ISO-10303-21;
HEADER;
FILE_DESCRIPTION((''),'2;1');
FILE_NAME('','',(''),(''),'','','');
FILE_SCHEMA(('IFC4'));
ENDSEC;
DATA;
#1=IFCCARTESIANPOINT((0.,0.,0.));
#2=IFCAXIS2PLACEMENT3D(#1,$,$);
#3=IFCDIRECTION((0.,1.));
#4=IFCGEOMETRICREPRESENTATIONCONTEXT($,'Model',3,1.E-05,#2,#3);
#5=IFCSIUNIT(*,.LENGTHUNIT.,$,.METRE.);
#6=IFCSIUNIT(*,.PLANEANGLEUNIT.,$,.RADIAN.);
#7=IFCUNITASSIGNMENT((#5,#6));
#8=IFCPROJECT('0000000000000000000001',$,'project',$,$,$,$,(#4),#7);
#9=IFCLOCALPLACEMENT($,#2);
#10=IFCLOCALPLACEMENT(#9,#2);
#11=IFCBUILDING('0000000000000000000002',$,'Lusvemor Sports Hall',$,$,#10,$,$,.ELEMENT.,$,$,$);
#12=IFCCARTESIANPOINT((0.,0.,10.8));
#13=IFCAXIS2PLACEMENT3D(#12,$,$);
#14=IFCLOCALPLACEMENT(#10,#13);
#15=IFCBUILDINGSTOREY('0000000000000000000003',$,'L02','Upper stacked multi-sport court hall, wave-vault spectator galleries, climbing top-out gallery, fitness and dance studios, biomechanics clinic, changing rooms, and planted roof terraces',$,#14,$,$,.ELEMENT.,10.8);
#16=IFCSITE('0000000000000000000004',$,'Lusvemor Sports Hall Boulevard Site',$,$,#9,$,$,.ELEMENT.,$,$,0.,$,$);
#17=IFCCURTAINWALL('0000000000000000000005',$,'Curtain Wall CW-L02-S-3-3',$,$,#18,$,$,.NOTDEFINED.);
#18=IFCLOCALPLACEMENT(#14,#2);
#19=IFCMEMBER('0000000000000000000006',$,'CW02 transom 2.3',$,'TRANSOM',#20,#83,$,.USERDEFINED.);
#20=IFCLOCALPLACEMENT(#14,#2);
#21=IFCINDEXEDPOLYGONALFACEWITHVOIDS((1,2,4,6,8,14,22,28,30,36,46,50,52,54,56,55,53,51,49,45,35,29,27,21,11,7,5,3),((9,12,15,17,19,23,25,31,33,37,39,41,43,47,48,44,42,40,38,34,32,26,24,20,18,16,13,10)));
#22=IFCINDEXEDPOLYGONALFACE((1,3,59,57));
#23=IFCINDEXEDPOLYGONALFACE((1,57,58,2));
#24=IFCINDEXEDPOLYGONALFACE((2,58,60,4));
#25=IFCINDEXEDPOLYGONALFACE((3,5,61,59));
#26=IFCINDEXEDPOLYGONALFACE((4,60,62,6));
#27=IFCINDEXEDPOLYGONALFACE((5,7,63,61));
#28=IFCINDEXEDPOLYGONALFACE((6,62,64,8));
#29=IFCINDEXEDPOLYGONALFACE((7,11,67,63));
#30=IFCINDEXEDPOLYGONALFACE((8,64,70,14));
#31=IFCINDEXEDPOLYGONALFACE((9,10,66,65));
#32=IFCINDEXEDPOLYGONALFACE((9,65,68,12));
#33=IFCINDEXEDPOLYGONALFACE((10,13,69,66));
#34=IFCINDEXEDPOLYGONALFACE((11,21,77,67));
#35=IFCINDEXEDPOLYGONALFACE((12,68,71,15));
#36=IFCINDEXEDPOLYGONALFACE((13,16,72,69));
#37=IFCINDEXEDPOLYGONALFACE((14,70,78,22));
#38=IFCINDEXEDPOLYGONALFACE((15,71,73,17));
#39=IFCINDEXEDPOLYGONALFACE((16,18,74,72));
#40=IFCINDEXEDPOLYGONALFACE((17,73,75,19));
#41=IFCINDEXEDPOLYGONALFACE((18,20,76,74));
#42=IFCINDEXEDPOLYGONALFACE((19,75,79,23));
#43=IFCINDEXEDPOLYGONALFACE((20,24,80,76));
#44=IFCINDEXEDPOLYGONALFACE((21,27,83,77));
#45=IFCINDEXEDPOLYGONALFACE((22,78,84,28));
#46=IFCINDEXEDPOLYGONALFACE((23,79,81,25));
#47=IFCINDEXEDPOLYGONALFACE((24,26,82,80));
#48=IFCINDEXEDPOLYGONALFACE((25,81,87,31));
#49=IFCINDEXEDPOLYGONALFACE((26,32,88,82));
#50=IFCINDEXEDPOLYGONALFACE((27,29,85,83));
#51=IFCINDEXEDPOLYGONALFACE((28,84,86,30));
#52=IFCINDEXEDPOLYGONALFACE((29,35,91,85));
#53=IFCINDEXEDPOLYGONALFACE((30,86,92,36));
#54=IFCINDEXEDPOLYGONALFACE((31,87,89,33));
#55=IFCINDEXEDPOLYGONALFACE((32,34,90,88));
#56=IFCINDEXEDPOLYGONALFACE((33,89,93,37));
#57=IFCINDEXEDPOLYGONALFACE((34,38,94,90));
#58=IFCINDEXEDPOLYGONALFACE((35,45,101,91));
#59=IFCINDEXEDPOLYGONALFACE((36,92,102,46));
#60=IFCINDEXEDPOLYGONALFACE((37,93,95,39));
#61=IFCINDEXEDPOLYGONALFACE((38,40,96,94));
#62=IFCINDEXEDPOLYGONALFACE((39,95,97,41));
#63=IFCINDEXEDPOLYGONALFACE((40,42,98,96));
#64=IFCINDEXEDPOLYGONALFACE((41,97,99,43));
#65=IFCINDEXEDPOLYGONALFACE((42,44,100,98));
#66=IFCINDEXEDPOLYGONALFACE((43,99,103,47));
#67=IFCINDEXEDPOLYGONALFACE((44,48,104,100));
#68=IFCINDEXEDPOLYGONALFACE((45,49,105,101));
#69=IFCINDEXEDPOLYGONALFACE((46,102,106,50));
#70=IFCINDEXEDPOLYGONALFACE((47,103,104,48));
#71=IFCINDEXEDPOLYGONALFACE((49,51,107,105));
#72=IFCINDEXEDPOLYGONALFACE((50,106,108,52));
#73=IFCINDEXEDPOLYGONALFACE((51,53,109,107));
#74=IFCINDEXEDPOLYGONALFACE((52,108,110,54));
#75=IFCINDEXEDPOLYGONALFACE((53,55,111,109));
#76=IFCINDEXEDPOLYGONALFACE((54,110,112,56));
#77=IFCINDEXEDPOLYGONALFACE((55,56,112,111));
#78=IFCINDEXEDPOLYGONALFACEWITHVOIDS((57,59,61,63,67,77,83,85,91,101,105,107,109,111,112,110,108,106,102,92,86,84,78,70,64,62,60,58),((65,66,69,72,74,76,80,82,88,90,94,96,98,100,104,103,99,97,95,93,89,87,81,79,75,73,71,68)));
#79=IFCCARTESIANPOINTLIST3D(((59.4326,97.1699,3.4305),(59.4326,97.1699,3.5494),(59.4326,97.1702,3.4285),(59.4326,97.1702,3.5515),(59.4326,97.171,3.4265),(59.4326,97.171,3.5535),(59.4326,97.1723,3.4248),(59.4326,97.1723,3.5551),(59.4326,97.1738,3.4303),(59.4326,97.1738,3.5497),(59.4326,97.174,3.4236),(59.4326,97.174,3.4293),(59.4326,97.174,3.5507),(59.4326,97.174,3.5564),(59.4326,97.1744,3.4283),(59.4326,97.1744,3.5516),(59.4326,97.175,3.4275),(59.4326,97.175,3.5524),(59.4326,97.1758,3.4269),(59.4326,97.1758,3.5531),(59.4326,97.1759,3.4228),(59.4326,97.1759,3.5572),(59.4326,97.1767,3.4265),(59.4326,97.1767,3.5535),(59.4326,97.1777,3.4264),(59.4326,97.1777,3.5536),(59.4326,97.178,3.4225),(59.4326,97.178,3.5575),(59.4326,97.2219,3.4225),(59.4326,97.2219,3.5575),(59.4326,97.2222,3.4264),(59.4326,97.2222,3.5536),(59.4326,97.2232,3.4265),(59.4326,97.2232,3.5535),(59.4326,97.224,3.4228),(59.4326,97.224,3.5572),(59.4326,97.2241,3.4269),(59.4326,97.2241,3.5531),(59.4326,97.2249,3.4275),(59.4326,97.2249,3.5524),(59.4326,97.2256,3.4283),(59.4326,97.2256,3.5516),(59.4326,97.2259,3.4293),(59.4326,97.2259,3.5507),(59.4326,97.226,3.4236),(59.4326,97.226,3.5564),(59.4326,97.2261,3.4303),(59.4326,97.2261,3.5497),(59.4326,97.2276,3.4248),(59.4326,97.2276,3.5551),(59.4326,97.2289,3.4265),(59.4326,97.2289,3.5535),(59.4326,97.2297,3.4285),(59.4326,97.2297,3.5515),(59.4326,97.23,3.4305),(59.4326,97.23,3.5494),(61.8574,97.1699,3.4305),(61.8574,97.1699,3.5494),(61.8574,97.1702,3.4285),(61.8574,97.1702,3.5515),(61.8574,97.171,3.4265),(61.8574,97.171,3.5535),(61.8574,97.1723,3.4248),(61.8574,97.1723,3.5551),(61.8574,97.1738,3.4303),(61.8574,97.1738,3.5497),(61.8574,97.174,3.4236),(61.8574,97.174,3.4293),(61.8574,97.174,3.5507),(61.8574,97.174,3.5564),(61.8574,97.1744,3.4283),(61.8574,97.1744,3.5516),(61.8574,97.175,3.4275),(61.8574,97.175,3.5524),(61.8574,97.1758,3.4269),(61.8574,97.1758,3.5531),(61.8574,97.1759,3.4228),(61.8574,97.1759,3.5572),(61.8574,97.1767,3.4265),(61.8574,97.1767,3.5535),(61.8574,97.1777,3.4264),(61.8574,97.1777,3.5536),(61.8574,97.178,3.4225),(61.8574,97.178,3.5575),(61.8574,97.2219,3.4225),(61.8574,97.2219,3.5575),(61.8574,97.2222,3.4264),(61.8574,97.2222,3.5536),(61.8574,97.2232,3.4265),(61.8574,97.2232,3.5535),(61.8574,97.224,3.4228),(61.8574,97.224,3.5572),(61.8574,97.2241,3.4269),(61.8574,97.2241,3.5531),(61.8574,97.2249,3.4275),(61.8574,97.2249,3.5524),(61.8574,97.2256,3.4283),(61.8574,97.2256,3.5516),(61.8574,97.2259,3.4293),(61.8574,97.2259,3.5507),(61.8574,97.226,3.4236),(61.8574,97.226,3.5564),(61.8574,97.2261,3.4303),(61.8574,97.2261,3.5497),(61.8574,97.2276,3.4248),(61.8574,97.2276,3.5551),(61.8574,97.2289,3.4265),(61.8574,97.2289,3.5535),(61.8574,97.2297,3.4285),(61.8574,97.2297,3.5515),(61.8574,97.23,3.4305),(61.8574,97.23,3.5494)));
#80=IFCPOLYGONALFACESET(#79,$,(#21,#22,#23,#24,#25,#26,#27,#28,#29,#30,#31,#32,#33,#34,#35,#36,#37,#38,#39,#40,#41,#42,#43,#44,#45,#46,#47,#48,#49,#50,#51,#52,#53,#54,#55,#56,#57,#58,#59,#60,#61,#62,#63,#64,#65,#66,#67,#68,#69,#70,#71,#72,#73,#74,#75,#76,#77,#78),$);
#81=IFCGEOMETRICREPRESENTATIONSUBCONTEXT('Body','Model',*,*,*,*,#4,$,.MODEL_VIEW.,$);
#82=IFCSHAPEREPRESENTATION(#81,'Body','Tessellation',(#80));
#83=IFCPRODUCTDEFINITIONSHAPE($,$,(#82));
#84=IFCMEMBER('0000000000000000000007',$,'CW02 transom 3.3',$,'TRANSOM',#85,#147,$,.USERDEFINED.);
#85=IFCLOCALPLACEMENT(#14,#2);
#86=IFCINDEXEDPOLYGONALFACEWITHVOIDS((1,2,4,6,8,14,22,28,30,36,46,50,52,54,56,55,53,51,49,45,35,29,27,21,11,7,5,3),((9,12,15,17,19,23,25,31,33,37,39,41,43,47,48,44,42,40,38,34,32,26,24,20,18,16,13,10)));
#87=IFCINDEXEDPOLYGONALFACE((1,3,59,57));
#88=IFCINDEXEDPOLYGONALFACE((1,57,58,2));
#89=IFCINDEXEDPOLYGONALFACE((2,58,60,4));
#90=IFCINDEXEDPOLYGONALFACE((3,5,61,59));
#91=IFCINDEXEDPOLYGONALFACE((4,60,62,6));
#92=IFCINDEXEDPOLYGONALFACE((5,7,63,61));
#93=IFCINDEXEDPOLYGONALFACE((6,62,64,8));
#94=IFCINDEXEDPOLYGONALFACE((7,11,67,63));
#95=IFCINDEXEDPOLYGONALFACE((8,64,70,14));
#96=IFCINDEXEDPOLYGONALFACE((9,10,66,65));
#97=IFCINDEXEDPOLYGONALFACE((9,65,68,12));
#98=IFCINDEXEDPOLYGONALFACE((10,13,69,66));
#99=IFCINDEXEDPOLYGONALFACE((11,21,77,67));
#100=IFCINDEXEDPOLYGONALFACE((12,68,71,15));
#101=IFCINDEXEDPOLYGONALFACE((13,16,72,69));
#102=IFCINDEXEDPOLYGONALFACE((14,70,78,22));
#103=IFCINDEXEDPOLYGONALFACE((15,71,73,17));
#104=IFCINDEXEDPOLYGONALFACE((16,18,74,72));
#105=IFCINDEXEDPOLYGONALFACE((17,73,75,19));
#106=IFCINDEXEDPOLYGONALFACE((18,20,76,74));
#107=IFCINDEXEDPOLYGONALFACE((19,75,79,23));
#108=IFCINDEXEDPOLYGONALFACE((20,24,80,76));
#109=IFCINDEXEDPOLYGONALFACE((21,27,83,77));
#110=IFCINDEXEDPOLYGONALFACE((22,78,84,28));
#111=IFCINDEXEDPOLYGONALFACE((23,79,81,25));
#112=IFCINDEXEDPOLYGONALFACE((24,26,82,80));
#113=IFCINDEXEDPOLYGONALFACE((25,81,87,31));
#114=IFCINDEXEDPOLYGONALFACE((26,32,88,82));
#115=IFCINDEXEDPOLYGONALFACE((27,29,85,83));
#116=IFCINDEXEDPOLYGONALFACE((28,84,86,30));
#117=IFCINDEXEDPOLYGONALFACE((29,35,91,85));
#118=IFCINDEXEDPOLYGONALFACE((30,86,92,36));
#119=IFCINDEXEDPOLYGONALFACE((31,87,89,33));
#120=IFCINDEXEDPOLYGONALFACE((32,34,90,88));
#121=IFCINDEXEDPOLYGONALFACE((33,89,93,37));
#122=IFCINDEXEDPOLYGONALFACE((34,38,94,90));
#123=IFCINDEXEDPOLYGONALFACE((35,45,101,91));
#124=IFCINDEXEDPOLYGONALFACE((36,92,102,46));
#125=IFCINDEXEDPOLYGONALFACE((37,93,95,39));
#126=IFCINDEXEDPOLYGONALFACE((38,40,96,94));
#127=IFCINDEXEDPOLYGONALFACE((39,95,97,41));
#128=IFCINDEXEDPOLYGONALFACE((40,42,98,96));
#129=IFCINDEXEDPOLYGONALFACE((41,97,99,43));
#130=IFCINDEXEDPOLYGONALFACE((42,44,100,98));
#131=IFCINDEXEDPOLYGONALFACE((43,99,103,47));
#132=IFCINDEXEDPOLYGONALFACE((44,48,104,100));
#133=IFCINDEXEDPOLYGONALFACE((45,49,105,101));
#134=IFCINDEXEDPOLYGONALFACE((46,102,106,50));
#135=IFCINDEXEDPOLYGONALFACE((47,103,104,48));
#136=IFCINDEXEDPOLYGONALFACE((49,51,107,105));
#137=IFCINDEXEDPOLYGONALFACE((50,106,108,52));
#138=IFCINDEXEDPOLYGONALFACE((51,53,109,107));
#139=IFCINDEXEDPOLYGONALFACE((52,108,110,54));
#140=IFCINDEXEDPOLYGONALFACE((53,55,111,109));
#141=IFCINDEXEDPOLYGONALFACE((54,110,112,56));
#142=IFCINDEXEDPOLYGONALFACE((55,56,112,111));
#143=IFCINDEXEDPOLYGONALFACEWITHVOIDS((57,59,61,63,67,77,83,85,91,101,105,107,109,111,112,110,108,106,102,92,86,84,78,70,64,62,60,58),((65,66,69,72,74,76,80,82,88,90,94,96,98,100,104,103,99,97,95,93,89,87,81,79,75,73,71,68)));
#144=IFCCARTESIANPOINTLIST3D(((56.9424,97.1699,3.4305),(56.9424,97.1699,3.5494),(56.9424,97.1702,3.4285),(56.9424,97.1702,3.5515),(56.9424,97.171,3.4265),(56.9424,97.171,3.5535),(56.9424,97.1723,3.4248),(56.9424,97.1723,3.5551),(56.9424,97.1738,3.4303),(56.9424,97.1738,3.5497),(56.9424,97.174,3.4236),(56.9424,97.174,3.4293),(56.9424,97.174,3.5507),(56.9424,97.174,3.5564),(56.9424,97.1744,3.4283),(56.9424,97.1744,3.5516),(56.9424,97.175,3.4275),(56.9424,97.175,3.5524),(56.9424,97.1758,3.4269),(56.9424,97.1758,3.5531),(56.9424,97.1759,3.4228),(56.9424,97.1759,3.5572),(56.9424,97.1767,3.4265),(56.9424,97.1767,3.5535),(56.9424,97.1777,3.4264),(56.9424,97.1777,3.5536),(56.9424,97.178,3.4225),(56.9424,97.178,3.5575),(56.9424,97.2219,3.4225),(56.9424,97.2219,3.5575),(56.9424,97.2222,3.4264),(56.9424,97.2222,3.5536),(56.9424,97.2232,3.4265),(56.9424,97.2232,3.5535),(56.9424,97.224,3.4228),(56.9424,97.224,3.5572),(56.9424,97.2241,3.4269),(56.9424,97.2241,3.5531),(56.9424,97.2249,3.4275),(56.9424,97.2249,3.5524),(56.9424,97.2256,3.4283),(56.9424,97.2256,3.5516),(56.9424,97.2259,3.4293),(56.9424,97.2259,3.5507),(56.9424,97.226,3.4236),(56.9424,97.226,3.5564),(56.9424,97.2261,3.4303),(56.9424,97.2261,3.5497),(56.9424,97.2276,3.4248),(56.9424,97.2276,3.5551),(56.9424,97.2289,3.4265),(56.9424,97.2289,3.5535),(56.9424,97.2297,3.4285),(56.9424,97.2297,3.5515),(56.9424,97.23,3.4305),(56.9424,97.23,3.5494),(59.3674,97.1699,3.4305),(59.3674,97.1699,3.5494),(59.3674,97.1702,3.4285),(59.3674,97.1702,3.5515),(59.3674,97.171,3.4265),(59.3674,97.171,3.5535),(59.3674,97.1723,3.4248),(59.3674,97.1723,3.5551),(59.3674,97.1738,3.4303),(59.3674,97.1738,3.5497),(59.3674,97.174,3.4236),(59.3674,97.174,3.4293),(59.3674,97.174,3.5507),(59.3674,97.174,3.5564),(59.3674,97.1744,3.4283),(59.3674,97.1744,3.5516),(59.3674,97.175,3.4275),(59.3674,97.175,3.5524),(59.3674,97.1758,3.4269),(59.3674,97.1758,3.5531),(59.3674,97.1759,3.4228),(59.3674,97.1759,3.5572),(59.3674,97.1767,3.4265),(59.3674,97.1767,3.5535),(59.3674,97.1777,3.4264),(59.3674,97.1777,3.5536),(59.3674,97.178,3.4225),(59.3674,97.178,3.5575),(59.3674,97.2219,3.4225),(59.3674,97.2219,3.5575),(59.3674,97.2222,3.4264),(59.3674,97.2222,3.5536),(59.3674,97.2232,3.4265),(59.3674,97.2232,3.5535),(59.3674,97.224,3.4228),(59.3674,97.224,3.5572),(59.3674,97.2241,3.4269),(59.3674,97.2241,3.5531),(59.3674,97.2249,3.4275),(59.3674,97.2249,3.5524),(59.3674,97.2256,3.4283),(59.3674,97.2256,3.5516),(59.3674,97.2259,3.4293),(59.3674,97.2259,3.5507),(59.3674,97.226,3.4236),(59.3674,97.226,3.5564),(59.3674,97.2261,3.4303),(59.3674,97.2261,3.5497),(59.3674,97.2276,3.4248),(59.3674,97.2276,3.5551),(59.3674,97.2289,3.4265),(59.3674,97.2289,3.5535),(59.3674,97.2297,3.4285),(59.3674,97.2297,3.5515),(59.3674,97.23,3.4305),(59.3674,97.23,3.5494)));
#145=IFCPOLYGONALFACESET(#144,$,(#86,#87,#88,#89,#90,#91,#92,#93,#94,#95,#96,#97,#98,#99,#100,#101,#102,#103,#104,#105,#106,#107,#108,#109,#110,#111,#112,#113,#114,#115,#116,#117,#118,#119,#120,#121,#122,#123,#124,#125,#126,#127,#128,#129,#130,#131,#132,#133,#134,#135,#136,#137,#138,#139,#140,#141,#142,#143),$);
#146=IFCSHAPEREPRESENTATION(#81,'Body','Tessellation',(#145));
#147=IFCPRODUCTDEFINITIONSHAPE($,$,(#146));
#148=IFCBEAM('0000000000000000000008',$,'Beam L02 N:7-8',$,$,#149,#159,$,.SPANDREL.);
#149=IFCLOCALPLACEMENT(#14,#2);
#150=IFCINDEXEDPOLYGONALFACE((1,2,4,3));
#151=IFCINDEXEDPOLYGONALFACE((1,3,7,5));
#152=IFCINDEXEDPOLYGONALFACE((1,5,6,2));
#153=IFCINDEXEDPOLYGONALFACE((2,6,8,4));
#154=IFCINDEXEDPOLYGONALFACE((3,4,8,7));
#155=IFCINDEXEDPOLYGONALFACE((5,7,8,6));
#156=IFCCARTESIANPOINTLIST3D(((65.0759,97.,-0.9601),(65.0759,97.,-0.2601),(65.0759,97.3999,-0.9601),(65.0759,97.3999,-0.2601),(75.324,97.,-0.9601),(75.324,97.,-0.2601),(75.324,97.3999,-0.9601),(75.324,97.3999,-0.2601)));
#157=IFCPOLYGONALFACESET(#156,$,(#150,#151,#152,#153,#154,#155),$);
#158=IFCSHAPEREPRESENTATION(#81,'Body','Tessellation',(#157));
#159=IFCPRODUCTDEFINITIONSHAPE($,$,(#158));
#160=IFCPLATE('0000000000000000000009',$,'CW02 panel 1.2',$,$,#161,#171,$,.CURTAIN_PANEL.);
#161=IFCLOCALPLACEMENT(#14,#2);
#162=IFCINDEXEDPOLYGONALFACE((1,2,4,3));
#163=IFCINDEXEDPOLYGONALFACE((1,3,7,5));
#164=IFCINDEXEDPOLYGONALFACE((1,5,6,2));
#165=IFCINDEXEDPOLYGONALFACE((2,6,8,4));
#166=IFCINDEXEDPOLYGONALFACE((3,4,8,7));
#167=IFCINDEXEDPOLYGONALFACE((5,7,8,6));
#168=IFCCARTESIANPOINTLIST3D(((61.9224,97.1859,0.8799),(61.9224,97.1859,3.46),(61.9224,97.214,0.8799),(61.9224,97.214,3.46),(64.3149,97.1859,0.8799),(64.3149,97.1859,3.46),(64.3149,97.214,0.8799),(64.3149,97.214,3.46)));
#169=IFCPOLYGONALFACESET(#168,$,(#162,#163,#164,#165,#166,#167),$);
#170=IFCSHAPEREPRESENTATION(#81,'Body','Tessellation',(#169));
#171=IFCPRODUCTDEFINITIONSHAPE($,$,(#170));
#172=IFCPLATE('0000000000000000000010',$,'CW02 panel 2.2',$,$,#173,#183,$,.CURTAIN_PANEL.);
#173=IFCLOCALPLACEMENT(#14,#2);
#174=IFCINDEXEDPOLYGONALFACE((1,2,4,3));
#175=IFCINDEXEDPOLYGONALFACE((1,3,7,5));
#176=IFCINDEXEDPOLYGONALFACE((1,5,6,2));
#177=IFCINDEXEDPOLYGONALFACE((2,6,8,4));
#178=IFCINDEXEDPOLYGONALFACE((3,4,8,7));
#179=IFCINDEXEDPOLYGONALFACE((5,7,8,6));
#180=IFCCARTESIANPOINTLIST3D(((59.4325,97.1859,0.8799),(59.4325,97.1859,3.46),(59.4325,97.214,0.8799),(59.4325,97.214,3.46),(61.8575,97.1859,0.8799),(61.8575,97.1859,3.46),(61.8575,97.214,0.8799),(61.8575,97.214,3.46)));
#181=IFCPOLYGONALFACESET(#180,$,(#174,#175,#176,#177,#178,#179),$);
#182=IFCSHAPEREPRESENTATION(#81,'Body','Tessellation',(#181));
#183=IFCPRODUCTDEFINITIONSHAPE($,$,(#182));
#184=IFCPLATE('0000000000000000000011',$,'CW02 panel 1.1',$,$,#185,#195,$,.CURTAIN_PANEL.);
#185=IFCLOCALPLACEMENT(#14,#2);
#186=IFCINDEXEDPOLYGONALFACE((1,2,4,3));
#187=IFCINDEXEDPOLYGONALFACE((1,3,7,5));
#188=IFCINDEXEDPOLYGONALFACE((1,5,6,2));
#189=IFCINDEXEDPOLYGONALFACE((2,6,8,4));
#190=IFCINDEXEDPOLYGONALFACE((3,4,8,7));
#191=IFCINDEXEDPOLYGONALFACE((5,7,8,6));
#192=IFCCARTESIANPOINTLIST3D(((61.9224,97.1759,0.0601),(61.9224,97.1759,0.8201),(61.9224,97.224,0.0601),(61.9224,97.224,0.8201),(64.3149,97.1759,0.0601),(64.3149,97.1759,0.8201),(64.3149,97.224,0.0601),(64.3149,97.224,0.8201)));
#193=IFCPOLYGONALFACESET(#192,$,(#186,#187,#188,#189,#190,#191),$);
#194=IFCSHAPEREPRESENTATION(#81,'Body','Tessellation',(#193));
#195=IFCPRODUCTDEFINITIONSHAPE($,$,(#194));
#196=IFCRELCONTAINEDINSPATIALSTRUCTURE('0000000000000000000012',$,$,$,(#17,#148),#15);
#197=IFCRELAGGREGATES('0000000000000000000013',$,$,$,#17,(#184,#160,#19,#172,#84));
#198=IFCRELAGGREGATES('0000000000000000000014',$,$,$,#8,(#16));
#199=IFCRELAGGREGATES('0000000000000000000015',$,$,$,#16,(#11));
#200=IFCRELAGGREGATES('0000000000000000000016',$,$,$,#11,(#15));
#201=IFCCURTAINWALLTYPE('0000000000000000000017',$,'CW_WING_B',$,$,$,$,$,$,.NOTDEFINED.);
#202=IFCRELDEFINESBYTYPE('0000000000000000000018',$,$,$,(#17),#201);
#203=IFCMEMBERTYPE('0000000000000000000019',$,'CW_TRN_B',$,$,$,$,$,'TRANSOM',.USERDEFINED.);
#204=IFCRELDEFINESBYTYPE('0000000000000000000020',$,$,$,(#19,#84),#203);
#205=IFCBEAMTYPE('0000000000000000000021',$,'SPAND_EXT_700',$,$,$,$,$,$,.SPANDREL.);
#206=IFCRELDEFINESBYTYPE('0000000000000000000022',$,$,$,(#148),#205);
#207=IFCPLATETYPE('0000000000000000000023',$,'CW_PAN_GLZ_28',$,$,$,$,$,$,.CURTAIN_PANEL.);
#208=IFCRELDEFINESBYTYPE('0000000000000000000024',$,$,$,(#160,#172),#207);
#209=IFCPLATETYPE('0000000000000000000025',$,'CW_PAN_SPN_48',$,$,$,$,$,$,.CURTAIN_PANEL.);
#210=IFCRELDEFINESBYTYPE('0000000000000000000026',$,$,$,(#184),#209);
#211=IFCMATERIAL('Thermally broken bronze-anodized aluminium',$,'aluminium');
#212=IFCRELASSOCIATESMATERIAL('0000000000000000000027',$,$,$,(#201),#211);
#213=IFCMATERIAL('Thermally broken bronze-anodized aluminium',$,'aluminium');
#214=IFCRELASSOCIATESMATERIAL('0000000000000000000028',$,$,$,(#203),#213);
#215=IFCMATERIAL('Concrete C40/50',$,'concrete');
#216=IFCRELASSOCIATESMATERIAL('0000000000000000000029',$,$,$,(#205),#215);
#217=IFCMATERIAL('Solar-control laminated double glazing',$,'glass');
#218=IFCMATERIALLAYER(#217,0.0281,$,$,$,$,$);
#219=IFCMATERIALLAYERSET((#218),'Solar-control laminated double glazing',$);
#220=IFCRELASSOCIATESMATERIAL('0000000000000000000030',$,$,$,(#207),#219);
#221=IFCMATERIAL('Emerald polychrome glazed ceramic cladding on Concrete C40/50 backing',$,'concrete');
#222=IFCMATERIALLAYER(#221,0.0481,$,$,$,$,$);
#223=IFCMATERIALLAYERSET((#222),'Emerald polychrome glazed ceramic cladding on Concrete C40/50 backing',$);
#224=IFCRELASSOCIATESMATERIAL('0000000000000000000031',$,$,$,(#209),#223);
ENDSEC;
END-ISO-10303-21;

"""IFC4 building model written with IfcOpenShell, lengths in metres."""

from ifc_helpers import new_model, si_unit, direction, frame, origin, origin_2d, place, context, subcontext, project, spatial, rectangle, hollow_rectangle, extrude, material, layer, layer_set, material_profile, profile_set, type_object, element, aggregate, save


model = new_model("IFC4")

# Units and contexts
model_context = context("Model", 3, precision=1e-05, world=origin(), true_north=direction((0.0, 1.0)))
body_context = subcontext(model_context, "Body", "Model", "MODEL_VIEW")
ifc_project = project(units=[si_unit("LENGTHUNIT", "METRE"), si_unit("PLANEANGLEUNIT", "RADIAN")], contexts=[model_context])

# Site, building, storey
site_placement = place(None, origin())
site = spatial("IfcSite", under=ifc_project, at=site_placement, Name="Lusvemor Sports Hall Boulevard Site", CompositionType="ELEMENT", RefElevation=0.0)
building_placement = place(site_placement, origin())
building = spatial("IfcBuilding", under=site, at=building_placement, Name="Lusvemor Sports Hall", CompositionType="ELEMENT")
storey_placement = place(building_placement, frame((0.0, 0.0, 10.8)))
storey = spatial("IfcBuildingStorey", under=building, at=storey_placement, Name="L02", Description="Upper stacked multi-sport court hall, wave-vault spectator galleries, climbing top-out gallery, fitness and dance studios, biomechanics clinic, changing rooms, and planted roof terraces", CompositionType="ELEMENT", Elevation=10.8)

# Curtain wall, members
ifc_material_1 = material(Name="Thermally broken bronze-anodized aluminium", Category="aluminium")
curtain_wall_type = type_object("IfcCurtainWallType", Name="CW_WING_B", PredefinedType="NOTDEFINED", material=ifc_material_1)
curtain_wall_placement = place(storey_placement, origin())
curtain_wall = element("IfcCurtainWall", 1, at=curtain_wall_placement, inside=storey, type_object=curtain_wall_type, Name="Curtain Wall CW-L02-S-3-3", PredefinedType="NOTDEFINED")
ifc_material_2 = material(Name="Thermally broken bronze-anodized aluminium", Category="aluminium")
ifc_material_profile_1 = material_profile(ifc_material_2, hollow_rectangle(XDim=0.0601, YDim=0.135, WallThickness=0.0039, InnerFilletRadius=0.0039, OuterFilletRadius=0.0081, at=origin_2d()), Name="CWTRN135x60x4")
ifc_profile_set_1 = profile_set([ifc_material_profile_1], Name="Thermally broken bronze-anodized aluminium")
member_type_1 = type_object("IfcMemberType", Name="CW_TRN_B", ElementType="TRANSOM", PredefinedType="USERDEFINED", material=ifc_profile_set_1)
member_1_placement = place(storey_placement, frame((61.8574, 97.2, 3.49), z_axis=(-1.0, 0.0, 0.0), x_axis=(0.0, -1.0, 0.0)))
member_1 = element("IfcMember", 2, at=member_1_placement, type_object=member_type_1, Name="CW02 transom 2.3", ObjectType="TRANSOM", PredefinedType="USERDEFINED", context=body_context, shape_type="SweptSolid", body=[
    extrude(hollow_rectangle(XDim=0.0601, YDim=0.135, WallThickness=0.0039, InnerFilletRadius=0.0039, OuterFilletRadius=0.0081, at=origin_2d()), origin(), (0.0, 0.0, 1.0), 2.4248),
])
member_2_placement = place(storey_placement, frame((59.3674, 97.2, 3.49), z_axis=(-1.0, 0.0, 0.0), x_axis=(0.0, -1.0, 0.0)))
member_2 = element("IfcMember", 3, at=member_2_placement, type_object=member_type_1, Name="CW02 transom 3.3", ObjectType="TRANSOM", PredefinedType="USERDEFINED", context=body_context, shape_type="SweptSolid", body=[
    extrude(hollow_rectangle(XDim=0.0601, YDim=0.135, WallThickness=0.0039, InnerFilletRadius=0.0039, OuterFilletRadius=0.0081, at=origin_2d()), origin(), (0.0, 0.0, 1.0), 2.425),
])

# Beam
ifc_material_3 = material(Name="Concrete C40/50", Category="concrete")
ifc_material_profile_2 = material_profile(ifc_material_3, rectangle(XDim=0.3999, YDim=0.7, at=origin_2d()), Name="RC400x700")
ifc_profile_set_2 = profile_set([ifc_material_profile_2], Name="Concrete C40/50")
beam_type = type_object("IfcBeamType", Name="SPAND_EXT_700", PredefinedType="SPANDREL", material=ifc_profile_set_2)
beam_placement = place(storey_placement, frame((65.0759, 97.2, -0.6101), z_axis=(1.0, 0.0, 0.0), x_axis=(0.0, 1.0, 0.0)))
element("IfcBeam", 4, at=beam_placement, inside=storey, type_object=beam_type, Name="Beam L02 N:7-8", PredefinedType="SPANDREL", context=body_context, shape_type="SweptSolid", body=[
    extrude(rectangle(XDim=0.3999, YDim=0.7, at=origin_2d()), origin(), (0.0, 0.0, 1.0), 10.248),
])

# Plates
ifc_material_4 = material(Name="Solar-control laminated double glazing", Category="glass")
ifc_layer_1 = layer(ifc_material_4, 0.0281)
ifc_layer_set_1 = layer_set([ifc_layer_1], Name="Solar-control laminated double glazing")
plate_type_1 = type_object("IfcPlateType", Name="CW_PAN_GLZ_28", PredefinedType="CURTAIN_PANEL", material=ifc_layer_set_1)
plate_1_placement = place(storey_placement, frame((63.1187, 97.2, 0.8799), z_axis=(0.0, 0.0, 1.0), x_axis=(-1.0, 0.0, 0.0)))
plate_1 = element("IfcPlate", 5, at=plate_1_placement, type_object=plate_type_1, Name="CW02 panel 1.2", PredefinedType="CURTAIN_PANEL", context=body_context, shape_type="SweptSolid", body=[
    extrude(rectangle(XDim=2.3926, YDim=0.0281, at=origin_2d()), origin(), (0.0, 0.0, 1.0), 2.5801),
])
plate_2_placement = place(storey_placement, frame((60.645, 97.2, 0.8799), z_axis=(0.0, 0.0, 1.0), x_axis=(-1.0, 0.0, 0.0)))
plate_2 = element("IfcPlate", 6, at=plate_2_placement, type_object=plate_type_1, Name="CW02 panel 2.2", PredefinedType="CURTAIN_PANEL", context=body_context, shape_type="SweptSolid", body=[
    extrude(rectangle(XDim=2.425, YDim=0.0281, at=origin_2d()), origin(), (0.0, 0.0, 1.0), 2.5801),
])
ifc_material_5 = material(Name="Emerald polychrome glazed ceramic cladding on Concrete C40/50 backing", Category="concrete")
ifc_layer_2 = layer(ifc_material_5, 0.0481)
ifc_layer_set_2 = layer_set([ifc_layer_2], Name="Emerald polychrome glazed ceramic cladding on Concrete C40/50 backing")
plate_type_2 = type_object("IfcPlateType", Name="CW_PAN_SPN_48", PredefinedType="CURTAIN_PANEL", material=ifc_layer_set_2)
plate_3_placement = place(storey_placement, frame((63.1187, 97.2, 0.0601), z_axis=(0.0, 0.0, 1.0), x_axis=(-1.0, 0.0, 0.0)))
plate_3 = element("IfcPlate", 7, at=plate_3_placement, type_object=plate_type_2, Name="CW02 panel 1.1", PredefinedType="CURTAIN_PANEL", context=body_context, shape_type="SweptSolid", body=[
    extrude(rectangle(XDim=2.3926, YDim=0.0481, at=origin_2d()), origin(), (0.0, 0.0, 1.0), 0.76),
])
aggregate(curtain_wall, [plate_3, plate_1, member_1, plate_2, member_2])

save(model, "model.ifc")
